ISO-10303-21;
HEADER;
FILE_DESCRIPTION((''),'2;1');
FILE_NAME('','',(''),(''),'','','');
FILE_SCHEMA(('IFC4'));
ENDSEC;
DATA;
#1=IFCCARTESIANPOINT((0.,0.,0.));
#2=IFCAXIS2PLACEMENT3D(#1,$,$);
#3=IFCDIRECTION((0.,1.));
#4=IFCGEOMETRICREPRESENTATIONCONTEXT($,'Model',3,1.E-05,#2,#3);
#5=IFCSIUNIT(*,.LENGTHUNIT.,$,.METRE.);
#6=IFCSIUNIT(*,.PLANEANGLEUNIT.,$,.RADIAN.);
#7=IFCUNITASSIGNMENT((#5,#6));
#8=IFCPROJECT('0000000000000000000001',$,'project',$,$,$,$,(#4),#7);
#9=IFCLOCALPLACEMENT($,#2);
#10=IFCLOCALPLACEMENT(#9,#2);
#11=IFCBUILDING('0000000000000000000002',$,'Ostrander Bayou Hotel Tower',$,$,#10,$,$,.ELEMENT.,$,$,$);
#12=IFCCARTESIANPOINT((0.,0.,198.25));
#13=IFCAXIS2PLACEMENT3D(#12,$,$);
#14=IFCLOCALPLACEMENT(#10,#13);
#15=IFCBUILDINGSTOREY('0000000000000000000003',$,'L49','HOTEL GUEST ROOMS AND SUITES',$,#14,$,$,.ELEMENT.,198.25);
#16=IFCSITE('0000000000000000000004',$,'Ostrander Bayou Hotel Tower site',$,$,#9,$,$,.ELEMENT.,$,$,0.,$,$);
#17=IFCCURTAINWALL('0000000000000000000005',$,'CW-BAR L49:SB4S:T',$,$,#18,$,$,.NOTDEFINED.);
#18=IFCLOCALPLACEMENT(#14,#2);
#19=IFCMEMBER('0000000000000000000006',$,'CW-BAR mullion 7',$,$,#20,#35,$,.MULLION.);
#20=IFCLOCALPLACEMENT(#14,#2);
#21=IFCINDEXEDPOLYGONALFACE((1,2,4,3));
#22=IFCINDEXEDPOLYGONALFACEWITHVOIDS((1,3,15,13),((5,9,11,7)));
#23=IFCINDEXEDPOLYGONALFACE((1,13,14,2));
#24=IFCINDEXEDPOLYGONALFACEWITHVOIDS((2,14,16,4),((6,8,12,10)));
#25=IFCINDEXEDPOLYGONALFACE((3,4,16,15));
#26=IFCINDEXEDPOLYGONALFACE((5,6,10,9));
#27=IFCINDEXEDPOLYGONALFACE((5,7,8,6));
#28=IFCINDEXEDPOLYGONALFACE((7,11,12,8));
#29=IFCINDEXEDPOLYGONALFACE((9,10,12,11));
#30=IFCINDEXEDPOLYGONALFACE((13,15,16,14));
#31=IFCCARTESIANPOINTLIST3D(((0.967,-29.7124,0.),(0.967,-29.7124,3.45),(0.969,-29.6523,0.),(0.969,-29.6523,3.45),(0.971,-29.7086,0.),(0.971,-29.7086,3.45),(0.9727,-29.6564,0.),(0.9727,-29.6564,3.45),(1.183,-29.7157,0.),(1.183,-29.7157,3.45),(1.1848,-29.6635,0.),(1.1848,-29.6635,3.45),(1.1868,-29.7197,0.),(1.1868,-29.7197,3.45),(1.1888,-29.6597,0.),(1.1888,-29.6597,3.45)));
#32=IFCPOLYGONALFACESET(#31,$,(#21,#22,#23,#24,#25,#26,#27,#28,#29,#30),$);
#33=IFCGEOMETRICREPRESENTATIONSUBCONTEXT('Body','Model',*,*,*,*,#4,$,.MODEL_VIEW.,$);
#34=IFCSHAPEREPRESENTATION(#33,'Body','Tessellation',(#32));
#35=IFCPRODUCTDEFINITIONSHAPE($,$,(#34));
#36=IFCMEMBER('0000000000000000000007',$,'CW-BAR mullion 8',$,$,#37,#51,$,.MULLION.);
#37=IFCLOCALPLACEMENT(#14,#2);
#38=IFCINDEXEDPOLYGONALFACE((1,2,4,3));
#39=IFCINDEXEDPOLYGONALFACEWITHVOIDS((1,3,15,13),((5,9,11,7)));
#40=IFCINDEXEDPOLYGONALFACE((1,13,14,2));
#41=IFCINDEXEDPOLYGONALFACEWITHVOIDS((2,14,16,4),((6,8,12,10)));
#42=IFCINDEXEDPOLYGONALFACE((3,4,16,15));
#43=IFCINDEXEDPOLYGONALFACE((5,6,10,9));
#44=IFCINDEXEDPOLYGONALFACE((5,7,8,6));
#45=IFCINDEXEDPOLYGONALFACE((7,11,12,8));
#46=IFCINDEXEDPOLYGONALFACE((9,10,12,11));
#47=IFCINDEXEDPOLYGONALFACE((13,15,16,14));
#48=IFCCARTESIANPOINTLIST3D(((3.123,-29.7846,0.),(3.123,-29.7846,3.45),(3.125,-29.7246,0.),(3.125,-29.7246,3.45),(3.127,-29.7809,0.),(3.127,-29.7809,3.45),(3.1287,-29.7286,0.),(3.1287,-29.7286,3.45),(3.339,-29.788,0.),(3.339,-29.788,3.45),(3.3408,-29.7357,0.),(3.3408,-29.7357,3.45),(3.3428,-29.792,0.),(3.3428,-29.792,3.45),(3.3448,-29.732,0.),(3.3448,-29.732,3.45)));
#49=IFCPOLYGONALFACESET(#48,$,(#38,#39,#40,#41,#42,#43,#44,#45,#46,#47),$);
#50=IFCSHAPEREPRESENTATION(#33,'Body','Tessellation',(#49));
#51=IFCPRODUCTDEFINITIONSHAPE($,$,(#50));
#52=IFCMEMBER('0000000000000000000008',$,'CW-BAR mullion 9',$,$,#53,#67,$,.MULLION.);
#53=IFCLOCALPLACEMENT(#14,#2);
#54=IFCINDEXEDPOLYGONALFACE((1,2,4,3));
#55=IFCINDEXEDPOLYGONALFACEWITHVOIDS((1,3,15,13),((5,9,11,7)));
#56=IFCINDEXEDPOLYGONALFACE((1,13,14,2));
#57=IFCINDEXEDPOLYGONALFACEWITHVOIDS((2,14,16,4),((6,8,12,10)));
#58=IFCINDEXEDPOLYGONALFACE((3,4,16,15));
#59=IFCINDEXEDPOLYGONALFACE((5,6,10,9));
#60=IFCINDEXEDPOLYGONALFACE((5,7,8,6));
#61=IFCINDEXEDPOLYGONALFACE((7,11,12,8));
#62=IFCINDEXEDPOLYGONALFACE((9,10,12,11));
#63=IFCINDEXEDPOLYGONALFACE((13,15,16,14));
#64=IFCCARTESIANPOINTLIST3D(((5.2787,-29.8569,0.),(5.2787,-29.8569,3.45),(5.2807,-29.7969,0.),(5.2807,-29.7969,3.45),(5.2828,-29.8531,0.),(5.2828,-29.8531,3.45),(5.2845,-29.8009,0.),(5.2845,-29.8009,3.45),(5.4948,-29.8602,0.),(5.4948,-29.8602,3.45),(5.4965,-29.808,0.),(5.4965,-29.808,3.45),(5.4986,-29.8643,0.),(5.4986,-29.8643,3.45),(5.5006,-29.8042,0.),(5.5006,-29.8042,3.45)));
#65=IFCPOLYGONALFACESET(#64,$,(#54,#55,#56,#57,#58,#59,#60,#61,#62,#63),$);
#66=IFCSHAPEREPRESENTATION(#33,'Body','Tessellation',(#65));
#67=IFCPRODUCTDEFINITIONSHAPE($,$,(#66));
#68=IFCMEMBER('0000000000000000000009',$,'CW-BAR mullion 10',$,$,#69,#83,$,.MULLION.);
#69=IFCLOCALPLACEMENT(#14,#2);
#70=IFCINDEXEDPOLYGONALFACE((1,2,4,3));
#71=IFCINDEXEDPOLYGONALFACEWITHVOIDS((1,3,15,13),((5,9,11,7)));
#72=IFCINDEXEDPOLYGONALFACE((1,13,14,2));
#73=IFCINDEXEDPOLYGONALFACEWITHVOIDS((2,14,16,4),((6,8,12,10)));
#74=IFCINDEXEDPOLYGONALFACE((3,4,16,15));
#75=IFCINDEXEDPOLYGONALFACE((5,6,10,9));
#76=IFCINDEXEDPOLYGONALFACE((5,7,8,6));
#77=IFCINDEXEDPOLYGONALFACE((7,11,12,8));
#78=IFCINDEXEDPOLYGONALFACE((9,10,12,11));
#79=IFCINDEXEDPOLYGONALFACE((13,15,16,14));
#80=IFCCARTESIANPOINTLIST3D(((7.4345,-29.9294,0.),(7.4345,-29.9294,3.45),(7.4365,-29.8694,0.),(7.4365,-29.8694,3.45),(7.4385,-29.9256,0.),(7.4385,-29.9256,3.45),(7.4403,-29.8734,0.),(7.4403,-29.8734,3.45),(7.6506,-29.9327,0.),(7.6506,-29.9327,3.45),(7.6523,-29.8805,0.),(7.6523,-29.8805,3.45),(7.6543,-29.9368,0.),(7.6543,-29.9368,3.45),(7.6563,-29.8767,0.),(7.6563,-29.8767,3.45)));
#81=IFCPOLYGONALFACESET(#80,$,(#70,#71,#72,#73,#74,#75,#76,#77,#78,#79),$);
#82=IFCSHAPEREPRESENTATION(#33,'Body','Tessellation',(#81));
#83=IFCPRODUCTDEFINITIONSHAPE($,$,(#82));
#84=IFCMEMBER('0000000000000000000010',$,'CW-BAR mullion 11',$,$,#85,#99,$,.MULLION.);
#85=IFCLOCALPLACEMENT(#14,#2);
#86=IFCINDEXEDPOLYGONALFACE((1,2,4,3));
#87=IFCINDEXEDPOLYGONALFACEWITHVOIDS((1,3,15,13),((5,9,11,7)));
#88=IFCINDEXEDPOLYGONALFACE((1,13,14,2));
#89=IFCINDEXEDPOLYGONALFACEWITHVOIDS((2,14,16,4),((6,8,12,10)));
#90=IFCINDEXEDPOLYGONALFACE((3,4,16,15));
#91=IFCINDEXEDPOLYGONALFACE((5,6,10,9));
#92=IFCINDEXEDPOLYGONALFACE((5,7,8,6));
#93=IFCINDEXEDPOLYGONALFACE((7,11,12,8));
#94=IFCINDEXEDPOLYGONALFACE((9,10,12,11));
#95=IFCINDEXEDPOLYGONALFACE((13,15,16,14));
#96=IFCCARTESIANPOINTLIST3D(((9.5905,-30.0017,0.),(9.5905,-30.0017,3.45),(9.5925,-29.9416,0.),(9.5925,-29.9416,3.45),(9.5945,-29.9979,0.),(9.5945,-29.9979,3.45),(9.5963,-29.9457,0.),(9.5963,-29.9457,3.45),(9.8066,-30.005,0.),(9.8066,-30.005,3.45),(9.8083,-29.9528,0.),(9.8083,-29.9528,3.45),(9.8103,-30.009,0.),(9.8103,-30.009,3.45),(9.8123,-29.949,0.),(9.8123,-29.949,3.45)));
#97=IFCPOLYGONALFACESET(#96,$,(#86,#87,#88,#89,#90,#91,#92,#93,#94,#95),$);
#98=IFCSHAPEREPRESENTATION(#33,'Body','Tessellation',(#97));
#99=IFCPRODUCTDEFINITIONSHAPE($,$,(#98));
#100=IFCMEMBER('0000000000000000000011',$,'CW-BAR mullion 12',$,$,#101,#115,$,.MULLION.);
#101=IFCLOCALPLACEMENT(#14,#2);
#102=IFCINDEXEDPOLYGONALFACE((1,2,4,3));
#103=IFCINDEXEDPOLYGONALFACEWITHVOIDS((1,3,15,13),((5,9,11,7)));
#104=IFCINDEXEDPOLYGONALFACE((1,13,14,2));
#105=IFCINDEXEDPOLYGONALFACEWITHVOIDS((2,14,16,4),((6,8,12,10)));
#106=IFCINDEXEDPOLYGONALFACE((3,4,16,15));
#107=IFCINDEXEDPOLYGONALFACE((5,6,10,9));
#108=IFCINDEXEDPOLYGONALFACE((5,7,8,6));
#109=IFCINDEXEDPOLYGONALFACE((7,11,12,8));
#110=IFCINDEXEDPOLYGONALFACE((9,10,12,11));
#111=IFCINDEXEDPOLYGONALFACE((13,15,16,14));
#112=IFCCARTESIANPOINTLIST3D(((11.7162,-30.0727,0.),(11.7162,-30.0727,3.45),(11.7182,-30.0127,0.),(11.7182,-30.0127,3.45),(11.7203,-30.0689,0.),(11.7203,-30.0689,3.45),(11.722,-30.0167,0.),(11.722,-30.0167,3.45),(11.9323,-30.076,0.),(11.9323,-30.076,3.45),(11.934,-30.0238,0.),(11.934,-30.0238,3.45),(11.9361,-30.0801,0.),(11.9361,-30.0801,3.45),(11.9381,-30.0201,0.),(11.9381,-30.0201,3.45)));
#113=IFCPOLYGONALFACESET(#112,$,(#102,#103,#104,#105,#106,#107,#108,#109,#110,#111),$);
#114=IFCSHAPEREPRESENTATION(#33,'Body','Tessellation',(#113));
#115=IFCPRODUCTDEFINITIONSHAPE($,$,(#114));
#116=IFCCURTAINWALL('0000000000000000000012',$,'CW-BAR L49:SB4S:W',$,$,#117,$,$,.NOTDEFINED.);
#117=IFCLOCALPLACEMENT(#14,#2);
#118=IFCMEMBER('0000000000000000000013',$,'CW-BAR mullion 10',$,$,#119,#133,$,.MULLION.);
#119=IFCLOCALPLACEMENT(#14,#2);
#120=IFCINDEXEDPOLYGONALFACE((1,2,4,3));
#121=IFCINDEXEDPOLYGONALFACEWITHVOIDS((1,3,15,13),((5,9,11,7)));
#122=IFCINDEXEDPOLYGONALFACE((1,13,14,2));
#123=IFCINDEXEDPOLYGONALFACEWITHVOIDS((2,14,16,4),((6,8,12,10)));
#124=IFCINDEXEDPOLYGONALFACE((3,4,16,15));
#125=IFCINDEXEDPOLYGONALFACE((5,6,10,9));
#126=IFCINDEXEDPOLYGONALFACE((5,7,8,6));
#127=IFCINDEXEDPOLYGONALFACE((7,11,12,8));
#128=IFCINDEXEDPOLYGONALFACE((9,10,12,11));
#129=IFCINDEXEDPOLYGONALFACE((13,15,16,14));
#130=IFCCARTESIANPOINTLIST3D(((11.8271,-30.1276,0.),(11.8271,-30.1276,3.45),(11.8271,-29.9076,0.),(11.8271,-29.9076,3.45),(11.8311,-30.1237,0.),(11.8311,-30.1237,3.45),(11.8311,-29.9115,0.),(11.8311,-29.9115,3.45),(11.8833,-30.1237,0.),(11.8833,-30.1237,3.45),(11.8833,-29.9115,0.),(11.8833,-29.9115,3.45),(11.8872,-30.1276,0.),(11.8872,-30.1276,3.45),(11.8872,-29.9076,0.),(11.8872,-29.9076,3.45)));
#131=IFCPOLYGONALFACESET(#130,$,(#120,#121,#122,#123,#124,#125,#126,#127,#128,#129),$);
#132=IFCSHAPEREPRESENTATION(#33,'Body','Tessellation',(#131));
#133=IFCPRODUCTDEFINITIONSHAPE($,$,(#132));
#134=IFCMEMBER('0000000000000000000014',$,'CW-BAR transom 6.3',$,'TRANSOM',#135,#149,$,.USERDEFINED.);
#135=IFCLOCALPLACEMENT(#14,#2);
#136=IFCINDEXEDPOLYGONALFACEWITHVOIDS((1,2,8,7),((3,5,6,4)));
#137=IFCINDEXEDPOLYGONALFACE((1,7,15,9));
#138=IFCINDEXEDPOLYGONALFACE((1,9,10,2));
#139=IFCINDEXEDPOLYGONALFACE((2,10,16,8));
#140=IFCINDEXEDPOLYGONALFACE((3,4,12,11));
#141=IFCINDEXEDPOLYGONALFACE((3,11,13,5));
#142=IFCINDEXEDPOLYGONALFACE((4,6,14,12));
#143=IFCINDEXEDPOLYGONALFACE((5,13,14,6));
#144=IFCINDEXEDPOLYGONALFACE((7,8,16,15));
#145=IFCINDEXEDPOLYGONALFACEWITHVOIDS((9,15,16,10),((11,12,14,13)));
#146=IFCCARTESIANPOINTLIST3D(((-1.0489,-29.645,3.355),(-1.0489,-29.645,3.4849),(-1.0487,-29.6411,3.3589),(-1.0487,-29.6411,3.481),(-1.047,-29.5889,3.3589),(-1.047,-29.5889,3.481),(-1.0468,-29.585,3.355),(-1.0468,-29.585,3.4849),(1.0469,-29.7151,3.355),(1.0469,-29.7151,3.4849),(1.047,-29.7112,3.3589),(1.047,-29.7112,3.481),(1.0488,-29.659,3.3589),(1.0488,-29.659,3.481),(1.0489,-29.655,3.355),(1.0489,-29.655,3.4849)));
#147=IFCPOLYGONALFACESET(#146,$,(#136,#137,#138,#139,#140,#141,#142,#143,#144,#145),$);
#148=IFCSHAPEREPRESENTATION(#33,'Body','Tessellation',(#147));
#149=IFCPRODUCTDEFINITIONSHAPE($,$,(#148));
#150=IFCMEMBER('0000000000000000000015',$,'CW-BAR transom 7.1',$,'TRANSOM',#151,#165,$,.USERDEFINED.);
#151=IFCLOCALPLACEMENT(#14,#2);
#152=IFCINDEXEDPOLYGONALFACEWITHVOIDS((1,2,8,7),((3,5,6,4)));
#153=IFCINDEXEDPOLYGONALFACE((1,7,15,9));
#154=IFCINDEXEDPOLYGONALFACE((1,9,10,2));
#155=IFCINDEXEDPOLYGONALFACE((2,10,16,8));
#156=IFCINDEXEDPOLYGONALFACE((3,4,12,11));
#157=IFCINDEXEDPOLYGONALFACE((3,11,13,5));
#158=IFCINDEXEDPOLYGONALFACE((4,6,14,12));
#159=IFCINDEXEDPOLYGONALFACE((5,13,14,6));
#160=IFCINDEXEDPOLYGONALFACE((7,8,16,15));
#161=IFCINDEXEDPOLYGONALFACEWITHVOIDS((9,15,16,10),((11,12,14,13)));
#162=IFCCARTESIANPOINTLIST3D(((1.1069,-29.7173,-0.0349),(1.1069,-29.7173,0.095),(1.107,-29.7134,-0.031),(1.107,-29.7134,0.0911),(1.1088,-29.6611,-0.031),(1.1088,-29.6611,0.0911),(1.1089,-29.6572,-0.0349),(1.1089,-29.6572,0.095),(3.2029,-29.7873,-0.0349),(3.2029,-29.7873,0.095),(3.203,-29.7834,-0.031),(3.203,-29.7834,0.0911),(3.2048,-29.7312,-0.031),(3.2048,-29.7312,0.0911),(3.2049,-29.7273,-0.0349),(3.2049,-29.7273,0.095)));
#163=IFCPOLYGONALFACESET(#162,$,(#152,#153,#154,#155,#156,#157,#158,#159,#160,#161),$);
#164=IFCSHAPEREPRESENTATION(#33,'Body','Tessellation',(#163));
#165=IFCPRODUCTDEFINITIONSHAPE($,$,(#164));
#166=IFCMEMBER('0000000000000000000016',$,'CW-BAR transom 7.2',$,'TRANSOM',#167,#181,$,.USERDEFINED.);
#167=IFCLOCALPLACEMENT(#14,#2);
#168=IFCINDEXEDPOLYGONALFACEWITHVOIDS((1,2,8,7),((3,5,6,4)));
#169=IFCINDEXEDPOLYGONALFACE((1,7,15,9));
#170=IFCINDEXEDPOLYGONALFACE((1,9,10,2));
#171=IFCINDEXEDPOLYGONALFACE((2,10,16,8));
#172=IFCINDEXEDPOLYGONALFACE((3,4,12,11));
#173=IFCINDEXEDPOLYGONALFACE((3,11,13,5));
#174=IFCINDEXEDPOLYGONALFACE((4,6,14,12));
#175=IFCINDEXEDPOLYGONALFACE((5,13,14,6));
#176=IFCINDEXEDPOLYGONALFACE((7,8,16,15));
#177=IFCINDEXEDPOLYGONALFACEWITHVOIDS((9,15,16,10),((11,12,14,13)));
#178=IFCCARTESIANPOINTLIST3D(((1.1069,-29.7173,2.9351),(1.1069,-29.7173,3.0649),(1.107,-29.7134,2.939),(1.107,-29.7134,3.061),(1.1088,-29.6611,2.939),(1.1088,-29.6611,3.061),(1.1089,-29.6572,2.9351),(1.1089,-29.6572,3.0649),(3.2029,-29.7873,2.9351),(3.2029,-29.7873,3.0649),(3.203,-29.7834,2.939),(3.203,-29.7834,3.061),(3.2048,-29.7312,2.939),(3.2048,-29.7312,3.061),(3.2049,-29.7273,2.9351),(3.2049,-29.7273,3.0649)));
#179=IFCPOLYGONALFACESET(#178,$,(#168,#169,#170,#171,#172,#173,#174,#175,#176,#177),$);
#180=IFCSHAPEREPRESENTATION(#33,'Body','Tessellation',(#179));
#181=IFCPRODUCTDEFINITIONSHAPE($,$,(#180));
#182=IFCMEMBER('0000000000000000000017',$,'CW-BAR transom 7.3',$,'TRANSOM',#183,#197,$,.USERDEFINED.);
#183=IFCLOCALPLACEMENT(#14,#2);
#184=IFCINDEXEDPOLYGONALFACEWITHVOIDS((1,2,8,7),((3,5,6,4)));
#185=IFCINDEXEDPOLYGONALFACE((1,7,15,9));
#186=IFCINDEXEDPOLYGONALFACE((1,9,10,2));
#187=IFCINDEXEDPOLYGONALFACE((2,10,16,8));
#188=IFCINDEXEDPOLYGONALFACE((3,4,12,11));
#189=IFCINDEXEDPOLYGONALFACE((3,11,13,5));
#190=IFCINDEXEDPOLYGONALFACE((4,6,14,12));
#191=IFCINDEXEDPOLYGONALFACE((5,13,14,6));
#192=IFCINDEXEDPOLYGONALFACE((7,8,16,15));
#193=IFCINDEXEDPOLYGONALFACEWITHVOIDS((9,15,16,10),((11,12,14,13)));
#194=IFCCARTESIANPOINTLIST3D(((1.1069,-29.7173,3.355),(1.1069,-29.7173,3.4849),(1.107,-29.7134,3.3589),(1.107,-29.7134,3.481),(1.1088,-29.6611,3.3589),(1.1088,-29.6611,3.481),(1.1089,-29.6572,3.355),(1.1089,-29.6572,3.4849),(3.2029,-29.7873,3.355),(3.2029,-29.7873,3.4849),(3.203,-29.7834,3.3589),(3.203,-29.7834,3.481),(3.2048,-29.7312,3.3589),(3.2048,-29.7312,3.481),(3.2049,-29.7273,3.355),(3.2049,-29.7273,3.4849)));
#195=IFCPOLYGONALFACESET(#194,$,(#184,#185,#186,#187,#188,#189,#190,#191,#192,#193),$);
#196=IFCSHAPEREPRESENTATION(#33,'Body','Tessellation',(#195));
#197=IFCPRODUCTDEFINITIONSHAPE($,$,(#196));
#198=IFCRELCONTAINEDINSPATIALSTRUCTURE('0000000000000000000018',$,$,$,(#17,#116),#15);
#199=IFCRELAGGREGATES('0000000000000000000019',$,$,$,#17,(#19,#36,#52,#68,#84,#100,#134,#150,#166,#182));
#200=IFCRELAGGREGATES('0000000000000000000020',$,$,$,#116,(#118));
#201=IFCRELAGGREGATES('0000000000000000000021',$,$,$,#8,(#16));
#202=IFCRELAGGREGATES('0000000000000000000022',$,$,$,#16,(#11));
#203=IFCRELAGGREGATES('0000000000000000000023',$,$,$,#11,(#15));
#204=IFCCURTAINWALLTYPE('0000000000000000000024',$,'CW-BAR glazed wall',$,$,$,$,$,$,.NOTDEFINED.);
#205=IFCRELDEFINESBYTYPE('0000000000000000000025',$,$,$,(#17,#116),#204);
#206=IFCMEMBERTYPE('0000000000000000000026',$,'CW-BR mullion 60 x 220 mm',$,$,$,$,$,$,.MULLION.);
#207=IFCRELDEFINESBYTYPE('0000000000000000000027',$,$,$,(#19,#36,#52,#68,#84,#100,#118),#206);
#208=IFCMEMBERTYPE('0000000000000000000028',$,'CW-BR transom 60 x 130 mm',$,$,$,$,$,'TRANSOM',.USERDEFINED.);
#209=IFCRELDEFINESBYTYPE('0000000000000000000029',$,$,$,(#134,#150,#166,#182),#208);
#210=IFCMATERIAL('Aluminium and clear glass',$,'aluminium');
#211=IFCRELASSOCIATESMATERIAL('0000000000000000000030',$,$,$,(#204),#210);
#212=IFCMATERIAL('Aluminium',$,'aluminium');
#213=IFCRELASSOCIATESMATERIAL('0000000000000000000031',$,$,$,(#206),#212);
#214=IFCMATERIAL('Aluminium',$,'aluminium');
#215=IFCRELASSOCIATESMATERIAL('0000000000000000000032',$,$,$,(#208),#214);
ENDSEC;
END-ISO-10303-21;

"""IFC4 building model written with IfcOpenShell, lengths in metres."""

from ifc_helpers import new_model, si_unit, direction, frame, origin, origin_2d, place, context, subcontext, project, spatial, hollow_rectangle, extrude, material, material_profile, profile_set, type_object, element, aggregate, save


model = new_model("IFC4")

# Units and contexts
model_context = context("Model", 3, precision=1e-05, world=origin(), true_north=direction((0.0, 1.0)))
body_context = subcontext(model_context, "Body", "Model", "MODEL_VIEW")
ifc_project = project(units=[si_unit("LENGTHUNIT", "METRE"), si_unit("PLANEANGLEUNIT", "RADIAN")], contexts=[model_context])

# Site, building, storey
site_placement = place(None, origin())
site = spatial("IfcSite", under=ifc_project, at=site_placement, Name="Ostrander Bayou Hotel Tower site", CompositionType="ELEMENT", RefElevation=0.0)
building_placement = place(site_placement, origin())
building = spatial("IfcBuilding", under=site, at=building_placement, Name="Ostrander Bayou Hotel Tower", CompositionType="ELEMENT")
storey_placement = place(building_placement, frame((0.0, 0.0, 198.25)))
storey = spatial("IfcBuildingStorey", under=building, at=storey_placement, Name="L49", Description="HOTEL GUEST ROOMS AND SUITES", CompositionType="ELEMENT", Elevation=198.25)

# Curtain wall, members
ifc_material_1 = material(Name="Aluminium and clear glass", Category="aluminium")
curtain_wall_type = type_object("IfcCurtainWallType", Name="CW-BAR glazed wall", PredefinedType="NOTDEFINED", material=ifc_material_1)
curtain_wall_1_placement = place(storey_placement, origin())
curtain_wall_1 = element("IfcCurtainWall", 1, at=curtain_wall_1_placement, inside=storey, type_object=curtain_wall_type, Name="CW-BAR L49:SB4S:T", PredefinedType="NOTDEFINED")
ifc_material_2 = material(Name="Aluminium", Category="aluminium")
ifc_material_profile_1 = material_profile(ifc_material_2, hollow_rectangle(XDim=0.0601, YDim=0.22, WallThickness=0.0039, at=origin_2d()))
ifc_profile_set_1 = profile_set([ifc_material_profile_1], Name="Aluminium")
member_type_1 = type_object("IfcMemberType", Name="CW-BR mullion 60 x 220 mm", PredefinedType="MULLION", material=ifc_profile_set_1)
member_1_placement = place(storey_placement, frame((1.0779, -29.686, 0.0), z_axis=(0.0, 0.0, 1.0), x_axis=(0.033505, 0.999439, 0.0)))
member_1 = element("IfcMember", 2, at=member_1_placement, type_object=member_type_1, Name="CW-BAR mullion 7", PredefinedType="MULLION", context=body_context, shape_type="SweptSolid", body=[
    extrude(hollow_rectangle(XDim=0.0601, YDim=0.22, WallThickness=0.0039, at=origin_2d()), origin(), (0.0, 0.0, 1.0), 3.45),
])
member_2_placement = place(storey_placement, frame((3.2339, -29.7583, 0.0), z_axis=(0.0, 0.0, 1.0), x_axis=(0.033505, 0.999439, 0.0)))
member_2 = element("IfcMember", 3, at=member_2_placement, type_object=member_type_1, Name="CW-BAR mullion 8", PredefinedType="MULLION", context=body_context, shape_type="SweptSolid", body=[
    extrude(hollow_rectangle(XDim=0.0601, YDim=0.22, WallThickness=0.0039, at=origin_2d()), origin(), (0.0, 0.0, 1.0), 3.45),
])
member_3_placement = place(storey_placement, frame((5.3896, -29.8306, 0.0), z_axis=(0.0, 0.0, 1.0), x_axis=(0.033505, 0.999439, 0.0)))
member_3 = element("IfcMember", 4, at=member_3_placement, type_object=member_type_1, Name="CW-BAR mullion 9", PredefinedType="MULLION", context=body_context, shape_type="SweptSolid", body=[
    extrude(hollow_rectangle(XDim=0.0601, YDim=0.22, WallThickness=0.0039, at=origin_2d()), origin(), (0.0, 0.0, 1.0), 3.45),
])
member_4_placement = place(storey_placement, frame((7.5454, -29.9031, 0.0), z_axis=(0.0, 0.0, 1.0), x_axis=(0.033505, 0.999439, 0.0)))
member_4 = element("IfcMember", 5, at=member_4_placement, type_object=member_type_1, Name="CW-BAR mullion 10", PredefinedType="MULLION", context=body_context, shape_type="SweptSolid", body=[
    extrude(hollow_rectangle(XDim=0.0601, YDim=0.22, WallThickness=0.0039, at=origin_2d()), origin(), (0.0, 0.0, 1.0), 3.45),
])
member_5_placement = place(storey_placement, frame((9.7014, -29.9753, 0.0), z_axis=(0.0, 0.0, 1.0), x_axis=(0.033505, 0.999439, 0.0)))
member_5 = element("IfcMember", 6, at=member_5_placement, type_object=member_type_1, Name="CW-BAR mullion 11", PredefinedType="MULLION", context=body_context, shape_type="SweptSolid", body=[
    extrude(hollow_rectangle(XDim=0.0601, YDim=0.22, WallThickness=0.0039, at=origin_2d()), origin(), (0.0, 0.0, 1.0), 3.45),
])
member_6_placement = place(storey_placement, frame((11.8271, -30.0464, 0.0), z_axis=(0.0, 0.0, 1.0), x_axis=(0.033505, 0.999439, 0.0)))
member_6 = element("IfcMember", 7, at=member_6_placement, type_object=member_type_1, Name="CW-BAR mullion 12", PredefinedType="MULLION", context=body_context, shape_type="SweptSolid", body=[
    extrude(hollow_rectangle(XDim=0.0601, YDim=0.22, WallThickness=0.0039, at=origin_2d()), origin(), (0.0, 0.0, 1.0), 3.45),
])

# Curtain wall, member
curtain_wall_2_placement = place(storey_placement, origin())
curtain_wall_2 = element("IfcCurtainWall", 8, at=curtain_wall_2_placement, inside=storey, type_object=curtain_wall_type, Name="CW-BAR L49:SB4S:W", PredefinedType="NOTDEFINED")
member_7_placement = place(storey_placement, frame((11.8572, -30.0176, 0.0), z_axis=(0.0, 0.0, 1.0), x_axis=(1.0, 0.0, 0.0)))
member_7 = element("IfcMember", 9, at=member_7_placement, type_object=member_type_1, Name="CW-BAR mullion 10", PredefinedType="MULLION", context=body_context, shape_type="SweptSolid", body=[
    extrude(hollow_rectangle(XDim=0.0601, YDim=0.22, WallThickness=0.0039, at=origin_2d()), origin(), (0.0, 0.0, 1.0), 3.45),
])

# Members
ifc_material_3 = material(Name="Aluminium", Category="aluminium")
ifc_material_profile_2 = material_profile(ifc_material_3, hollow_rectangle(XDim=0.0601, YDim=0.1299, WallThickness=0.0039, at=origin_2d()))
ifc_profile_set_2 = profile_set([ifc_material_profile_2], Name="Aluminium")
member_type_2 = type_object("IfcMemberType", Name="CW-BR transom 60 x 130 mm", ElementType="TRANSOM", PredefinedType="USERDEFINED", material=ifc_profile_set_2)
member_8_placement = place(storey_placement, frame((-1.0479, -29.615, 3.4199), z_axis=(0.999442, -0.033416, 0.0), x_axis=(0.033416, 0.999442, 0.0)))
member_8 = element("IfcMember", 10, at=member_8_placement, type_object=member_type_2, Name="CW-BAR transom 6.3", ObjectType="TRANSOM", PredefinedType="USERDEFINED", context=body_context, shape_type="SweptSolid", body=[
    extrude(hollow_rectangle(XDim=0.0601, YDim=0.1299, WallThickness=0.0039, at=origin_2d()), origin(), (0.0, 0.0, 1.0), 2.0969),
])
member_9_placement = place(storey_placement, frame((1.1079, -29.6873, 0.03), z_axis=(0.999442, -0.033412, 0.0), x_axis=(0.033412, 0.999442, 0.0)))
member_9 = element("IfcMember", 11, at=member_9_placement, type_object=member_type_2, Name="CW-BAR transom 7.1", ObjectType="TRANSOM", PredefinedType="USERDEFINED", context=body_context, shape_type="SweptSolid", body=[
    extrude(hollow_rectangle(XDim=0.0601, YDim=0.1299, WallThickness=0.0039, at=origin_2d()), origin(), (0.0, 0.0, 1.0), 2.0972),
])
member_10_placement = place(storey_placement, frame((1.1079, -29.6873, 3.0), z_axis=(0.999442, -0.033412, 0.0), x_axis=(0.033412, 0.999442, 0.0)))
member_10 = element("IfcMember", 12, at=member_10_placement, type_object=member_type_2, Name="CW-BAR transom 7.2", ObjectType="TRANSOM", PredefinedType="USERDEFINED", context=body_context, shape_type="SweptSolid", body=[
    extrude(hollow_rectangle(XDim=0.0601, YDim=0.1299, WallThickness=0.0039, at=origin_2d()), origin(), (0.0, 0.0, 1.0), 2.0972),
])
member_11_placement = place(storey_placement, frame((1.1079, -29.6873, 3.4199), z_axis=(0.999442, -0.033412, 0.0), x_axis=(0.033412, 0.999442, 0.0)))
member_11 = element("IfcMember", 13, at=member_11_placement, type_object=member_type_2, Name="CW-BAR transom 7.3", ObjectType="TRANSOM", PredefinedType="USERDEFINED", context=body_context, shape_type="SweptSolid", body=[
    extrude(hollow_rectangle(XDim=0.0601, YDim=0.1299, WallThickness=0.0039, at=origin_2d()), origin(), (0.0, 0.0, 1.0), 2.0972),
])

aggregate(curtain_wall_1, [member_1, member_2, member_3, member_4, member_5, member_6, member_8, member_9, member_10, member_11])
aggregate(curtain_wall_2, [member_7])

save(model, "model.ifc")
